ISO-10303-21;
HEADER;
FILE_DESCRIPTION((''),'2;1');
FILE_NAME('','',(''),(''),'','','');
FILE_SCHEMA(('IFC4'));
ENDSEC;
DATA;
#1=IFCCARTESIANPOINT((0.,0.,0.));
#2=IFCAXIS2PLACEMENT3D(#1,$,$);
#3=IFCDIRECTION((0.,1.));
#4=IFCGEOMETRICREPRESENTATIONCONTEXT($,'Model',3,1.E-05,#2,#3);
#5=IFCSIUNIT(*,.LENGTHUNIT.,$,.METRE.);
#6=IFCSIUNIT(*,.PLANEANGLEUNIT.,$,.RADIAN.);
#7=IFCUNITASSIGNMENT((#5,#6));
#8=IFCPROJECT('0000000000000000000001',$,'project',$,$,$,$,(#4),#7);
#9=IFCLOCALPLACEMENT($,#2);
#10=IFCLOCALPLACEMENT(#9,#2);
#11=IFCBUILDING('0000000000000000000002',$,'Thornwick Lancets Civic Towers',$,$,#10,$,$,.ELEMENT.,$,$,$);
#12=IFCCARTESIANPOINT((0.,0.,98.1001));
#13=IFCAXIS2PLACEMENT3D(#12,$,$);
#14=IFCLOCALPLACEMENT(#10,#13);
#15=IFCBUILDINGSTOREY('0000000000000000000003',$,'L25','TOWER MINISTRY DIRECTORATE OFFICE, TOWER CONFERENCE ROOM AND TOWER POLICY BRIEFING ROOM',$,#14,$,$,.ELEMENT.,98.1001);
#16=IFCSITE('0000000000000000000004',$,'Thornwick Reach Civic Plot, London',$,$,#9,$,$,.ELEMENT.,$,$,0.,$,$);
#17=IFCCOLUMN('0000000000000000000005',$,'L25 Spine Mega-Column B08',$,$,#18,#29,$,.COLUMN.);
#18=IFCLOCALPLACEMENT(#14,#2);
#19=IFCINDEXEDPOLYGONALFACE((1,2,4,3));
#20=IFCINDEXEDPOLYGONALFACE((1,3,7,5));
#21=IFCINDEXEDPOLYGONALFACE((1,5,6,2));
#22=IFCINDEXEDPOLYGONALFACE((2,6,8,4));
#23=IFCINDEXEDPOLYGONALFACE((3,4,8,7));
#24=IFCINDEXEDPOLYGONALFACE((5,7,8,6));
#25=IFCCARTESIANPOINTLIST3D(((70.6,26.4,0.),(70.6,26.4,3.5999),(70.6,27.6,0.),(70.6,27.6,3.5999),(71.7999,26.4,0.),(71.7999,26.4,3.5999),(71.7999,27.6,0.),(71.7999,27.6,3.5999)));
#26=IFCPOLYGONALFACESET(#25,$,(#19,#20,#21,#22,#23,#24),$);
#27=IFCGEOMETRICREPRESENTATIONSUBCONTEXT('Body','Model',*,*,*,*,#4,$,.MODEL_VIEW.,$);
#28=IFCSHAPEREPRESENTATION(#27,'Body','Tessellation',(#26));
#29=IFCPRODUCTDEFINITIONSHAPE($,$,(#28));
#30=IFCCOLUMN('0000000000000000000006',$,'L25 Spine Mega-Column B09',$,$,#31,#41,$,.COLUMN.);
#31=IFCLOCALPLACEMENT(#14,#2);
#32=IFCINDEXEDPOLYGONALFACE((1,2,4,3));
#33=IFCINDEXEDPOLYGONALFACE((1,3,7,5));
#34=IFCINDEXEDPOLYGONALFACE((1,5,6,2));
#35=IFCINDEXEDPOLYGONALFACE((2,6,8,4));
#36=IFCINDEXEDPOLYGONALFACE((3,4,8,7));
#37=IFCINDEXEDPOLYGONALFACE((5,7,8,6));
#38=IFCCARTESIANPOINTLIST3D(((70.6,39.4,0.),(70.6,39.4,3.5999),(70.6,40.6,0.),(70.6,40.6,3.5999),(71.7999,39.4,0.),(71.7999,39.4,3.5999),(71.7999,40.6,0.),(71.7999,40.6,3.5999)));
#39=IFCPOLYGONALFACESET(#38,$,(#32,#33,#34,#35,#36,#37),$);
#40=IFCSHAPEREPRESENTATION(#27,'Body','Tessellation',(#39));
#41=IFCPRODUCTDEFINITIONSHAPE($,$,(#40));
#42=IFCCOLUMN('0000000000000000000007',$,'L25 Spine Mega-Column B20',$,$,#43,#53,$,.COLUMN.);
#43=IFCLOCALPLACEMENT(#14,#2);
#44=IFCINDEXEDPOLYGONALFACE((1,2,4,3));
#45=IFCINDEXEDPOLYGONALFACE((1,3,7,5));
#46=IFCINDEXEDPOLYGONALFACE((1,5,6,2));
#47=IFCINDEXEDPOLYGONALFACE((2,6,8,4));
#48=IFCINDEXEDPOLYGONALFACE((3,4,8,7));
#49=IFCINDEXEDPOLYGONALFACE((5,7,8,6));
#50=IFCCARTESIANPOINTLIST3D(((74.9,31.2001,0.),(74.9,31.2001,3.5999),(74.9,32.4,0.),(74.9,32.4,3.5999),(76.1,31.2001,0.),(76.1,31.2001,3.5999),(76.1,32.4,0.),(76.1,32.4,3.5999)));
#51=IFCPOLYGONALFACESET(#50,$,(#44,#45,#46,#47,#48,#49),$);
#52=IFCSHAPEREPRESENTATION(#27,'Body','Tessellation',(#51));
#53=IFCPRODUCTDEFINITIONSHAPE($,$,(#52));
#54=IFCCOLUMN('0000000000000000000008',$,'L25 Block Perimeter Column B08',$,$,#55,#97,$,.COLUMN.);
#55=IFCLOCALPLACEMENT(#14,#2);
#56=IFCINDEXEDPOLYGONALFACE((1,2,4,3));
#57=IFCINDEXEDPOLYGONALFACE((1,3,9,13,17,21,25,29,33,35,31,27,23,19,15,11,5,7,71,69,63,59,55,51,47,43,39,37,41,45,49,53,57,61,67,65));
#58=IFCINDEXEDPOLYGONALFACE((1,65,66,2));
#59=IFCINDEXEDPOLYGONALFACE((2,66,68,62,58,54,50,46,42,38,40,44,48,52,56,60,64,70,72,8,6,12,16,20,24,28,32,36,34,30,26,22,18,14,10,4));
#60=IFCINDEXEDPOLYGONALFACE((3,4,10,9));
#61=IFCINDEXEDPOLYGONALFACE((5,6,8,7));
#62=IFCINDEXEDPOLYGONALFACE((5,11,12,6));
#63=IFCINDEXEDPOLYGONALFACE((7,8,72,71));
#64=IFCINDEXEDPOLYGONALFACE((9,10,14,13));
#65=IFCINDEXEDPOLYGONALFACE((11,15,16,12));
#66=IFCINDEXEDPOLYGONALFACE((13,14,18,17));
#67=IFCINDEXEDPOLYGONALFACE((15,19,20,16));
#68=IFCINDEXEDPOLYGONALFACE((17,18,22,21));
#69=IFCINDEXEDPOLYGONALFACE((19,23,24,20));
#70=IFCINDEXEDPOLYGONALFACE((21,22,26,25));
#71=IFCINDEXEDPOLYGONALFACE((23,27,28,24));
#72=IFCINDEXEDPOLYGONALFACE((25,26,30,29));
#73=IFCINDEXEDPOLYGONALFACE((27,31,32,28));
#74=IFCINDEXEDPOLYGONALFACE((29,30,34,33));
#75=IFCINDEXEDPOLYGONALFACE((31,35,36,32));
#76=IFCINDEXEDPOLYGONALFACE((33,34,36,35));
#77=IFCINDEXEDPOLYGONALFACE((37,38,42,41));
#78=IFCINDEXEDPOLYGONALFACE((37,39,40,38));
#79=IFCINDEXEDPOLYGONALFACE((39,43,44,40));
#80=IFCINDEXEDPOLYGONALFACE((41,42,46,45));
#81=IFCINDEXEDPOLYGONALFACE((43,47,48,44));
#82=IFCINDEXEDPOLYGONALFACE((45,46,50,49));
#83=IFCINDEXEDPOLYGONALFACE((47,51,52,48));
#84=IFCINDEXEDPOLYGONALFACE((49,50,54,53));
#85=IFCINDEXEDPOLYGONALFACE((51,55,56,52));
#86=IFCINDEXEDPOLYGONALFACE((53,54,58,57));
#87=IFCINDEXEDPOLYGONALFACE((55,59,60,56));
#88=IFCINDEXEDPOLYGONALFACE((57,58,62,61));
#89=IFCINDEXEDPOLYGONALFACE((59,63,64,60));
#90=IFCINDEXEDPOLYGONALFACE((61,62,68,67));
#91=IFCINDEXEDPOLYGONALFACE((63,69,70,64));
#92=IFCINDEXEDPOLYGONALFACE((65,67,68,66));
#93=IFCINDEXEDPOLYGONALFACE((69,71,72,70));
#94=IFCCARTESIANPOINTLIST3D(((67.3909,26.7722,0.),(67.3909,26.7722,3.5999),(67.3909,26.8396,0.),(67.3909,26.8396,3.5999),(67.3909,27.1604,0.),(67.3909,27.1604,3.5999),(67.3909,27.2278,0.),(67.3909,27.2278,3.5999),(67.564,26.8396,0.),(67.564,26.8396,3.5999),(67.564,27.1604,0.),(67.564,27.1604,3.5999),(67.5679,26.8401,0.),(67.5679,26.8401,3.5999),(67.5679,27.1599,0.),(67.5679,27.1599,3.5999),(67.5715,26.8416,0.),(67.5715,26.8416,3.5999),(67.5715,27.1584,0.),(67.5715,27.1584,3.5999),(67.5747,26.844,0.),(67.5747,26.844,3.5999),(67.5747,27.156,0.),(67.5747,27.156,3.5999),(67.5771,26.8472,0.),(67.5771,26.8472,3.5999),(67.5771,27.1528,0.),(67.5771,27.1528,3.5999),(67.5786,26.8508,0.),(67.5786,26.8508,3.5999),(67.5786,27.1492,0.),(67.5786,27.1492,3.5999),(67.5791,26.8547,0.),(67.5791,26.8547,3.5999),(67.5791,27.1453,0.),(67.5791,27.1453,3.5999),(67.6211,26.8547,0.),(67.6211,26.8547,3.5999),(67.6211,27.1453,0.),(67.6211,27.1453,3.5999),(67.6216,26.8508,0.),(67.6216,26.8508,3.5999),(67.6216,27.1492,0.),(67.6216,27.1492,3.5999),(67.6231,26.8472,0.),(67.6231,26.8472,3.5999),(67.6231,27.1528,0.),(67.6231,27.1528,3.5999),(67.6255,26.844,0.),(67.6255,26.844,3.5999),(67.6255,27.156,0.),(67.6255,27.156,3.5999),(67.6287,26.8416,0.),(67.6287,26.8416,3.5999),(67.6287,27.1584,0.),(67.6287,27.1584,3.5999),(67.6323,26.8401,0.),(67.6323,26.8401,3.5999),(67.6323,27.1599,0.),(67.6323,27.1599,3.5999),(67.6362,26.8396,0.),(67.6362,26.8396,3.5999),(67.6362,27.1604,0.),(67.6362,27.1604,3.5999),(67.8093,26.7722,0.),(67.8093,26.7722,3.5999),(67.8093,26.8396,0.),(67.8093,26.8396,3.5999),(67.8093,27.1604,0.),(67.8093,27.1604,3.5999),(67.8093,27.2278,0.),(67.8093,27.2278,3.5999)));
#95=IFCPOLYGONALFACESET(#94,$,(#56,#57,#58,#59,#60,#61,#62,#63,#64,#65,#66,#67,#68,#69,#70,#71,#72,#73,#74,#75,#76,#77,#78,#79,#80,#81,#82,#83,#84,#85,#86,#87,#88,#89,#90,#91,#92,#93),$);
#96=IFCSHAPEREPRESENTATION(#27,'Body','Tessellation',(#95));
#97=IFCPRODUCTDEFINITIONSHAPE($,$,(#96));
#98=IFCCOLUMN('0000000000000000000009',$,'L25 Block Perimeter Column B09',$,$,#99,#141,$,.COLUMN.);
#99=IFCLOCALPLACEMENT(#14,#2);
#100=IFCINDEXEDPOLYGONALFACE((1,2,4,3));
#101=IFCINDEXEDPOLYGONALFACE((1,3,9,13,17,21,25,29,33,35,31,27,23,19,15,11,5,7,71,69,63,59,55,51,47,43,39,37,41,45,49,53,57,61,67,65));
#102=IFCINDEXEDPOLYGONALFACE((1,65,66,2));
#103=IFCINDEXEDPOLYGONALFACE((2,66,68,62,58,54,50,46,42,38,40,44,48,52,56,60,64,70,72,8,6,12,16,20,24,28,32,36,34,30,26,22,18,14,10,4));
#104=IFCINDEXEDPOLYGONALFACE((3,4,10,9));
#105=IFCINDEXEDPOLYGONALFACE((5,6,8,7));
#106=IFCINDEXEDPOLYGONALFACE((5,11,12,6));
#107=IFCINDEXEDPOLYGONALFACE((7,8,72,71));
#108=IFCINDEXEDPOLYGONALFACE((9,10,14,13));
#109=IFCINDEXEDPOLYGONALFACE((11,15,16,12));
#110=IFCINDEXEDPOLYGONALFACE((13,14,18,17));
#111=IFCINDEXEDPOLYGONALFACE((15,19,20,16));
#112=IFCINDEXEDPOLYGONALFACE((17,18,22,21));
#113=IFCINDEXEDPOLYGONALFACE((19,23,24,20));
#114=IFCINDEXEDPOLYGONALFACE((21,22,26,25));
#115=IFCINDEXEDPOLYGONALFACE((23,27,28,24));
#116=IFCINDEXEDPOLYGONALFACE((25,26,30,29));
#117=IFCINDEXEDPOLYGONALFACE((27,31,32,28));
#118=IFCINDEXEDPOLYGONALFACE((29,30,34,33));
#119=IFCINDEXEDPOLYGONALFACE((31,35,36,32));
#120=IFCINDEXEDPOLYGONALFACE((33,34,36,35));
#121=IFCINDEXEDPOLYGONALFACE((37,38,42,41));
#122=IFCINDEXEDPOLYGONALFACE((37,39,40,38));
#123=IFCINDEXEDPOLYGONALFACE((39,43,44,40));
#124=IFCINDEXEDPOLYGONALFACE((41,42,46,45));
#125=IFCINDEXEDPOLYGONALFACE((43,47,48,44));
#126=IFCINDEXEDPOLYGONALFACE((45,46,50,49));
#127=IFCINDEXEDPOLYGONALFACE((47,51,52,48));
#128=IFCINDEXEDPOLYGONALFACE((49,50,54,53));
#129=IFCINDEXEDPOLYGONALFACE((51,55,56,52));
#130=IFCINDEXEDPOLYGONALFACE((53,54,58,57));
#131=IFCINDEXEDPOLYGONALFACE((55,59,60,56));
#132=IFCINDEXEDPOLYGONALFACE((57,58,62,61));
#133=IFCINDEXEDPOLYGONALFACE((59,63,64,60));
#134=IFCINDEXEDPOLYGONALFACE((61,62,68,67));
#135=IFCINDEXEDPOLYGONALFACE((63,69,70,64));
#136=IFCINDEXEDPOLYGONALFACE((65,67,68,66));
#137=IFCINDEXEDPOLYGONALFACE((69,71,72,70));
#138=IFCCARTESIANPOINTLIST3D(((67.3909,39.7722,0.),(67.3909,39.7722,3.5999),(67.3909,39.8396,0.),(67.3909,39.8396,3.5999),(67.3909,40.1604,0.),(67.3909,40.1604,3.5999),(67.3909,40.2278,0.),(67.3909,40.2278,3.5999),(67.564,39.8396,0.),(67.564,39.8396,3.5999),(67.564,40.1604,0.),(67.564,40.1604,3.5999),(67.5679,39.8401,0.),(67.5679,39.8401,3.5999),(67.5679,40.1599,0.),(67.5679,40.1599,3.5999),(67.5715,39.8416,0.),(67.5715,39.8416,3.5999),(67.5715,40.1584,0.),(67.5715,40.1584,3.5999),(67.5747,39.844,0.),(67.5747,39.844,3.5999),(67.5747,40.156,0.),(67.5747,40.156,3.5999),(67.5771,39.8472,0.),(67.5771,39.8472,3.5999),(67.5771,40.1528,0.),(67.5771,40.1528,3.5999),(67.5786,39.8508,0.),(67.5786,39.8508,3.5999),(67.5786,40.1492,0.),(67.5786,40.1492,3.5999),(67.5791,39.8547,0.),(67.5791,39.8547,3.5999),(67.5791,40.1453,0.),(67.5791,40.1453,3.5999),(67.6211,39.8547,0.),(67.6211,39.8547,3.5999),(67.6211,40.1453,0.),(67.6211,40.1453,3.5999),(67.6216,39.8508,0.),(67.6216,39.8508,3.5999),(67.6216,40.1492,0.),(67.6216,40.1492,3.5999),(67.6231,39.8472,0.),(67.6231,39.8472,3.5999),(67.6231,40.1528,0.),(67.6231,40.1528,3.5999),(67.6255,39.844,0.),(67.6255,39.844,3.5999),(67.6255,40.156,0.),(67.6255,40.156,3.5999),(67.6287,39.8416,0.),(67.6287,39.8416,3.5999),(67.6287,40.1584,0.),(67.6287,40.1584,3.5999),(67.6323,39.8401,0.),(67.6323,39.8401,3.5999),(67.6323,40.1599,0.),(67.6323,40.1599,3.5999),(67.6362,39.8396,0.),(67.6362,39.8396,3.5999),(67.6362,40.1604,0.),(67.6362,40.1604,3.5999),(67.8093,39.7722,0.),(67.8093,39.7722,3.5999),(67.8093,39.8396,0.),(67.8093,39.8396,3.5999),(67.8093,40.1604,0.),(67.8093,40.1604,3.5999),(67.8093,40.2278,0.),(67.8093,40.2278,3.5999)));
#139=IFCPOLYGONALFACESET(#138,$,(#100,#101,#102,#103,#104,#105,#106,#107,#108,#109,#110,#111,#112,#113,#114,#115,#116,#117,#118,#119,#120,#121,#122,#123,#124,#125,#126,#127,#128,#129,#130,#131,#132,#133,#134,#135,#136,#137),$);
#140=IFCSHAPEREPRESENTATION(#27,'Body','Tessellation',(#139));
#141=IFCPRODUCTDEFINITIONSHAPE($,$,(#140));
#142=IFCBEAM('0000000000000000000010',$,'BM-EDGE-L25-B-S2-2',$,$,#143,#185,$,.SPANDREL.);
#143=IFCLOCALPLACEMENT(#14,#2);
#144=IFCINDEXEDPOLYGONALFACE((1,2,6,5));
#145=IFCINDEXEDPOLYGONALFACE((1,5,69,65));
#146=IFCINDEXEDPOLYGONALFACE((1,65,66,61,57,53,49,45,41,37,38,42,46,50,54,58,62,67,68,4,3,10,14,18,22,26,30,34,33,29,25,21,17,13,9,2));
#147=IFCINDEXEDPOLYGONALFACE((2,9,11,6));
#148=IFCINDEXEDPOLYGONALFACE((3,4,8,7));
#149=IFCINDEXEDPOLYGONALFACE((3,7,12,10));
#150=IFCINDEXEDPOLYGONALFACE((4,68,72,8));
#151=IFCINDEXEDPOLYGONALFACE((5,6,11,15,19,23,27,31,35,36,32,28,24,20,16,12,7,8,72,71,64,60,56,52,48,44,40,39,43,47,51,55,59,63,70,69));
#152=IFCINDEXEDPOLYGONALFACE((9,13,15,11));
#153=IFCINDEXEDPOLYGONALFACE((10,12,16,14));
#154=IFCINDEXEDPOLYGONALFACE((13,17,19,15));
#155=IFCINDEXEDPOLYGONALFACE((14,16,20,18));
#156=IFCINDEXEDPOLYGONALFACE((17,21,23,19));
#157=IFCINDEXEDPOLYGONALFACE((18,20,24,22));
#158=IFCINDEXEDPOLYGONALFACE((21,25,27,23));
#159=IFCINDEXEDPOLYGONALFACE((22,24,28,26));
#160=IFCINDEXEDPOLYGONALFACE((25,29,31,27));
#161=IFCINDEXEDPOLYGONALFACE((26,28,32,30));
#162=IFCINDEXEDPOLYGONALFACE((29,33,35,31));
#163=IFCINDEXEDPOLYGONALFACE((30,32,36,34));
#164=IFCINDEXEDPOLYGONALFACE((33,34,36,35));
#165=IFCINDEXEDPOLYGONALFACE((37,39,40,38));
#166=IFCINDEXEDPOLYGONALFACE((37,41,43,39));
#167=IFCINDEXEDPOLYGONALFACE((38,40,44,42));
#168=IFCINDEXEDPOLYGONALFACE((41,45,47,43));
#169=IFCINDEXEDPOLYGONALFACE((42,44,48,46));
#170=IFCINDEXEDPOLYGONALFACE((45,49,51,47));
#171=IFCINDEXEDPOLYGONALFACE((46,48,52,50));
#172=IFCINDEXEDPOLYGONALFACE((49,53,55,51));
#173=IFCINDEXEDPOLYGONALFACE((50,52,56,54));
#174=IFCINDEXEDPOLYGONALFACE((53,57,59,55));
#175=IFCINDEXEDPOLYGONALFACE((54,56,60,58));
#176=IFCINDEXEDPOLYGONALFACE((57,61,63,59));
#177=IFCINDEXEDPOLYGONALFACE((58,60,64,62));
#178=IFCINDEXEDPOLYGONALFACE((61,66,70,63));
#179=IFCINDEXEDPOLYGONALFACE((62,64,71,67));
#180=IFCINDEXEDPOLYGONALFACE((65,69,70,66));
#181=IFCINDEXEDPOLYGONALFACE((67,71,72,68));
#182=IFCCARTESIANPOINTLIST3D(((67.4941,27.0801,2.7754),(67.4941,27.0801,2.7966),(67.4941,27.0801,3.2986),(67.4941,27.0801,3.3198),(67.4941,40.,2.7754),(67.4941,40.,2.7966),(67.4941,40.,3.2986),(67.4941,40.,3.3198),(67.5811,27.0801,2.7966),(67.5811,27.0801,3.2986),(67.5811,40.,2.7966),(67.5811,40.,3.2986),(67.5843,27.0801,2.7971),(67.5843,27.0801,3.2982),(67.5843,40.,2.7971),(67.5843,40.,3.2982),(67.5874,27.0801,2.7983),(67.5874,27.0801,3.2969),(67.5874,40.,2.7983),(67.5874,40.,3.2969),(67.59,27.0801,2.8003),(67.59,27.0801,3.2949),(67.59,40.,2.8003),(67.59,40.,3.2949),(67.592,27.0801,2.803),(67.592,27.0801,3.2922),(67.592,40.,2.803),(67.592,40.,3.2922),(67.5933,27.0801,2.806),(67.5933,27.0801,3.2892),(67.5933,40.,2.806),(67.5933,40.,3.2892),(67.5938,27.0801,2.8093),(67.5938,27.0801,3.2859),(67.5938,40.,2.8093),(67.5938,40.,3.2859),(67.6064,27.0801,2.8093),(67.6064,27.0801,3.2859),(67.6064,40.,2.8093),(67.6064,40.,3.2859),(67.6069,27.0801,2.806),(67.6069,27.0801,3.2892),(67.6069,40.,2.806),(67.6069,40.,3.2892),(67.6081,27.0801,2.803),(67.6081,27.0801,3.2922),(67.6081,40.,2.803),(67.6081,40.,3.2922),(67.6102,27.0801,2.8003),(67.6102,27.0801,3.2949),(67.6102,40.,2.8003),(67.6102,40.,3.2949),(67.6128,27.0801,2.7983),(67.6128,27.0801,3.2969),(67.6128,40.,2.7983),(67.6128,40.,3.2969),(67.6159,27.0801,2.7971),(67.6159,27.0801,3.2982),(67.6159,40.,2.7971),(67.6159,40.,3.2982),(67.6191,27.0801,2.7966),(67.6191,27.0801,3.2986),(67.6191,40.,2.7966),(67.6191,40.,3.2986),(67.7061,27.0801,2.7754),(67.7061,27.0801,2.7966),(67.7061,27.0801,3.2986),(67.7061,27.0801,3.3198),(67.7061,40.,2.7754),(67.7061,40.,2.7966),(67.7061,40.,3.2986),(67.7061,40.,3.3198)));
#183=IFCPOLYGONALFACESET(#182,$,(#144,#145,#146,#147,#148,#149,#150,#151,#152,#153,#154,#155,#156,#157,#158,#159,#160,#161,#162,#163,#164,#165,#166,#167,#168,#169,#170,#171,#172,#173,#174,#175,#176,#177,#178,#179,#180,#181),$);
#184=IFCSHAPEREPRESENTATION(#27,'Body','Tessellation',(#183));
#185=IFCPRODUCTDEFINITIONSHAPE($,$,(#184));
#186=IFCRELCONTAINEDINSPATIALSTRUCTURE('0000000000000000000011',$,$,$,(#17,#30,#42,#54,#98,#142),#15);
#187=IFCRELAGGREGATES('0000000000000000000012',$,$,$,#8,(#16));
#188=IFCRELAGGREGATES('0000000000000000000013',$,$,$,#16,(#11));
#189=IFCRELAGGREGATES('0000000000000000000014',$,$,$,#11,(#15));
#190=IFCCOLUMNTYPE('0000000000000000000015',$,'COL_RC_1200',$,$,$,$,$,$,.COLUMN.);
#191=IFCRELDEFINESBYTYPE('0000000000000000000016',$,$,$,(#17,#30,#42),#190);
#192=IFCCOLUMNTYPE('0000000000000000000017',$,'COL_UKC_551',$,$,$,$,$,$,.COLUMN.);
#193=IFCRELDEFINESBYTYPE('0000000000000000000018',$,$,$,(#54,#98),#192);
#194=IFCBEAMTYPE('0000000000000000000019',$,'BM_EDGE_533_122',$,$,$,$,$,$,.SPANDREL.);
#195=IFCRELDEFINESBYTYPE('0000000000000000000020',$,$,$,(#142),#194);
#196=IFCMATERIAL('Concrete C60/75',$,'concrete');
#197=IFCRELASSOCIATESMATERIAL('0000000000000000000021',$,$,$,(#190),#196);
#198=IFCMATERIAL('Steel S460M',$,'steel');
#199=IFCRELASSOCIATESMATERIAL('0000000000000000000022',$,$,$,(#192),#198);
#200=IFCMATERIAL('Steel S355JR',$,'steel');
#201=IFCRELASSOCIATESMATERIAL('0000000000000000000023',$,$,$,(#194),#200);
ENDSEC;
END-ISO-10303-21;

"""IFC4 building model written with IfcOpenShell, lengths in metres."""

from ifc_helpers import new_model, si_unit, direction, frame, origin, origin_2d, place, context, subcontext, project, spatial, rectangle, i_section, extrude, material, material_profile, profile_set, type_object, element, save


model = new_model("IFC4")

# Units and contexts
model_context = context("Model", 3, precision=1e-05, world=origin(), true_north=direction((0.0, 1.0)))
body_context = subcontext(model_context, "Body", "Model", "MODEL_VIEW")
ifc_project = project(units=[si_unit("LENGTHUNIT", "METRE"), si_unit("PLANEANGLEUNIT", "RADIAN")], contexts=[model_context])

# Site, building, storey
site_placement = place(None, origin())
site = spatial("IfcSite", under=ifc_project, at=site_placement, Name="Thornwick Reach Civic Plot, London", CompositionType="ELEMENT", RefElevation=0.0)
building_placement = place(site_placement, origin())
building = spatial("IfcBuilding", under=site, at=building_placement, Name="Thornwick Lancets Civic Towers", CompositionType="ELEMENT")
storey_placement = place(building_placement, frame((0.0, 0.0, 98.1001)))
storey = spatial("IfcBuildingStorey", under=building, at=storey_placement, Name="L25", Description="TOWER MINISTRY DIRECTORATE OFFICE, TOWER CONFERENCE ROOM AND TOWER POLICY BRIEFING ROOM", CompositionType="ELEMENT", Elevation=98.1001)

# Columns
ifc_material_1 = material(Name="Concrete C60/75", Category="concrete")
ifc_material_profile_1 = material_profile(ifc_material_1, rectangle(XDim=1.2, YDim=1.2, at=origin_2d()), Name="RC 1200x1200")
ifc_profile_set_1 = profile_set([ifc_material_profile_1], Name="Concrete C60/75")
column_type_1 = type_object("IfcColumnType", Name="COL_RC_1200", PredefinedType="COLUMN", material=ifc_profile_set_1)
for number, where, z_axis, x_axis, name in (
    (1, (71.2, 27.0, 0.0), (0.0, 0.0, 1.0), (1.0, 0.0, 0.0), "L25 Spine Mega-Column B08"),
    (2, (71.2, 40.0, 0.0), (0.0, 0.0, 1.0), (1.0, 0.0, 0.0), "L25 Spine Mega-Column B09"),
    (3, (75.5, 31.8, 0.0), (0.0, 0.0, 1.0), (1.0, 0.0, 0.0), "L25 Spine Mega-Column B20"),
):
    element("IfcColumn", number, at=place(storey_placement, frame(where, z_axis=z_axis, x_axis=x_axis)), inside=storey, type_object=column_type_1, Name=name, PredefinedType="COLUMN", context=body_context, shape_type="SweptSolid", body=[
        extrude(rectangle(XDim=1.2, YDim=1.2, at=origin_2d()), origin(), (0.0, 0.0, 1.0), 3.5999),
    ])
ifc_material_2 = material(Name="Steel S460M", Category="steel")
ifc_material_profile_2 = material_profile(ifc_material_2, i_section(OverallWidth=0.4185, OverallDepth=0.4556, WebThickness=0.042, FlangeThickness=0.0674, FilletRadius=0.0151, at=origin_2d()), Name="UKC 356x406x551")
ifc_profile_set_2 = profile_set([ifc_material_profile_2], Name="Steel S460M")
column_type_2 = type_object("IfcColumnType", Name="COL_UKC_551", PredefinedType="COLUMN", material=ifc_profile_set_2)
for number, where, z_axis, x_axis, name in (
    (4, (67.6001, 27.0, 0.0), (0.0, 0.0, 1.0), (1.0, 0.0, 0.0), "L25 Block Perimeter Column B08"),
    (5, (67.6001, 40.0, 0.0), (0.0, 0.0, 1.0), (1.0, 0.0, 0.0), "L25 Block Perimeter Column B09"),
):
    element("IfcColumn", number, at=place(storey_placement, frame(where, z_axis=z_axis, x_axis=x_axis)), inside=storey, type_object=column_type_2, Name=name, PredefinedType="COLUMN", context=body_context, shape_type="SweptSolid", body=[
        extrude(i_section(OverallWidth=0.4185, OverallDepth=0.4556, WebThickness=0.042, FlangeThickness=0.0674, FilletRadius=0.0151, at=origin_2d()), origin(), (0.0, 0.0, 1.0), 3.5999),
    ])

# Beam
ifc_material_3 = material(Name="Steel S355JR", Category="steel")
ifc_material_profile_3 = material_profile(ifc_material_3, i_section(OverallWidth=0.2119, OverallDepth=0.5444, WebThickness=0.0127, FlangeThickness=0.0212, FilletRadius=0.0127, at=origin_2d()), Name="UKB 533x210x122")
ifc_profile_set_3 = profile_set([ifc_material_profile_3], Name="Steel S355JR")
beam_type_1 = type_object("IfcBeamType", Name="BM_EDGE_533_122", PredefinedType="SPANDREL", material=ifc_profile_set_3)
beam_1_placement = place(storey_placement, frame((67.6001, 27.0801, 3.0476), z_axis=(0.0, 1.0, 0.0), x_axis=(-1.0, 0.0, 0.0)))
element("IfcBeam", 6, at=beam_1_placement, inside=storey, type_object=beam_type_1, Name="BM-EDGE-L25-B-S2-2", PredefinedType="SPANDREL", context=body_context, shape_type="SweptSolid", body=[
    extrude(i_section(OverallWidth=0.2119, OverallDepth=0.5444, WebThickness=0.0127, FlangeThickness=0.0212, FilletRadius=0.0127, at=origin_2d()), origin(), (0.0, 0.0, 1.0), 12.9199),
])

save(model, "model.ifc")
